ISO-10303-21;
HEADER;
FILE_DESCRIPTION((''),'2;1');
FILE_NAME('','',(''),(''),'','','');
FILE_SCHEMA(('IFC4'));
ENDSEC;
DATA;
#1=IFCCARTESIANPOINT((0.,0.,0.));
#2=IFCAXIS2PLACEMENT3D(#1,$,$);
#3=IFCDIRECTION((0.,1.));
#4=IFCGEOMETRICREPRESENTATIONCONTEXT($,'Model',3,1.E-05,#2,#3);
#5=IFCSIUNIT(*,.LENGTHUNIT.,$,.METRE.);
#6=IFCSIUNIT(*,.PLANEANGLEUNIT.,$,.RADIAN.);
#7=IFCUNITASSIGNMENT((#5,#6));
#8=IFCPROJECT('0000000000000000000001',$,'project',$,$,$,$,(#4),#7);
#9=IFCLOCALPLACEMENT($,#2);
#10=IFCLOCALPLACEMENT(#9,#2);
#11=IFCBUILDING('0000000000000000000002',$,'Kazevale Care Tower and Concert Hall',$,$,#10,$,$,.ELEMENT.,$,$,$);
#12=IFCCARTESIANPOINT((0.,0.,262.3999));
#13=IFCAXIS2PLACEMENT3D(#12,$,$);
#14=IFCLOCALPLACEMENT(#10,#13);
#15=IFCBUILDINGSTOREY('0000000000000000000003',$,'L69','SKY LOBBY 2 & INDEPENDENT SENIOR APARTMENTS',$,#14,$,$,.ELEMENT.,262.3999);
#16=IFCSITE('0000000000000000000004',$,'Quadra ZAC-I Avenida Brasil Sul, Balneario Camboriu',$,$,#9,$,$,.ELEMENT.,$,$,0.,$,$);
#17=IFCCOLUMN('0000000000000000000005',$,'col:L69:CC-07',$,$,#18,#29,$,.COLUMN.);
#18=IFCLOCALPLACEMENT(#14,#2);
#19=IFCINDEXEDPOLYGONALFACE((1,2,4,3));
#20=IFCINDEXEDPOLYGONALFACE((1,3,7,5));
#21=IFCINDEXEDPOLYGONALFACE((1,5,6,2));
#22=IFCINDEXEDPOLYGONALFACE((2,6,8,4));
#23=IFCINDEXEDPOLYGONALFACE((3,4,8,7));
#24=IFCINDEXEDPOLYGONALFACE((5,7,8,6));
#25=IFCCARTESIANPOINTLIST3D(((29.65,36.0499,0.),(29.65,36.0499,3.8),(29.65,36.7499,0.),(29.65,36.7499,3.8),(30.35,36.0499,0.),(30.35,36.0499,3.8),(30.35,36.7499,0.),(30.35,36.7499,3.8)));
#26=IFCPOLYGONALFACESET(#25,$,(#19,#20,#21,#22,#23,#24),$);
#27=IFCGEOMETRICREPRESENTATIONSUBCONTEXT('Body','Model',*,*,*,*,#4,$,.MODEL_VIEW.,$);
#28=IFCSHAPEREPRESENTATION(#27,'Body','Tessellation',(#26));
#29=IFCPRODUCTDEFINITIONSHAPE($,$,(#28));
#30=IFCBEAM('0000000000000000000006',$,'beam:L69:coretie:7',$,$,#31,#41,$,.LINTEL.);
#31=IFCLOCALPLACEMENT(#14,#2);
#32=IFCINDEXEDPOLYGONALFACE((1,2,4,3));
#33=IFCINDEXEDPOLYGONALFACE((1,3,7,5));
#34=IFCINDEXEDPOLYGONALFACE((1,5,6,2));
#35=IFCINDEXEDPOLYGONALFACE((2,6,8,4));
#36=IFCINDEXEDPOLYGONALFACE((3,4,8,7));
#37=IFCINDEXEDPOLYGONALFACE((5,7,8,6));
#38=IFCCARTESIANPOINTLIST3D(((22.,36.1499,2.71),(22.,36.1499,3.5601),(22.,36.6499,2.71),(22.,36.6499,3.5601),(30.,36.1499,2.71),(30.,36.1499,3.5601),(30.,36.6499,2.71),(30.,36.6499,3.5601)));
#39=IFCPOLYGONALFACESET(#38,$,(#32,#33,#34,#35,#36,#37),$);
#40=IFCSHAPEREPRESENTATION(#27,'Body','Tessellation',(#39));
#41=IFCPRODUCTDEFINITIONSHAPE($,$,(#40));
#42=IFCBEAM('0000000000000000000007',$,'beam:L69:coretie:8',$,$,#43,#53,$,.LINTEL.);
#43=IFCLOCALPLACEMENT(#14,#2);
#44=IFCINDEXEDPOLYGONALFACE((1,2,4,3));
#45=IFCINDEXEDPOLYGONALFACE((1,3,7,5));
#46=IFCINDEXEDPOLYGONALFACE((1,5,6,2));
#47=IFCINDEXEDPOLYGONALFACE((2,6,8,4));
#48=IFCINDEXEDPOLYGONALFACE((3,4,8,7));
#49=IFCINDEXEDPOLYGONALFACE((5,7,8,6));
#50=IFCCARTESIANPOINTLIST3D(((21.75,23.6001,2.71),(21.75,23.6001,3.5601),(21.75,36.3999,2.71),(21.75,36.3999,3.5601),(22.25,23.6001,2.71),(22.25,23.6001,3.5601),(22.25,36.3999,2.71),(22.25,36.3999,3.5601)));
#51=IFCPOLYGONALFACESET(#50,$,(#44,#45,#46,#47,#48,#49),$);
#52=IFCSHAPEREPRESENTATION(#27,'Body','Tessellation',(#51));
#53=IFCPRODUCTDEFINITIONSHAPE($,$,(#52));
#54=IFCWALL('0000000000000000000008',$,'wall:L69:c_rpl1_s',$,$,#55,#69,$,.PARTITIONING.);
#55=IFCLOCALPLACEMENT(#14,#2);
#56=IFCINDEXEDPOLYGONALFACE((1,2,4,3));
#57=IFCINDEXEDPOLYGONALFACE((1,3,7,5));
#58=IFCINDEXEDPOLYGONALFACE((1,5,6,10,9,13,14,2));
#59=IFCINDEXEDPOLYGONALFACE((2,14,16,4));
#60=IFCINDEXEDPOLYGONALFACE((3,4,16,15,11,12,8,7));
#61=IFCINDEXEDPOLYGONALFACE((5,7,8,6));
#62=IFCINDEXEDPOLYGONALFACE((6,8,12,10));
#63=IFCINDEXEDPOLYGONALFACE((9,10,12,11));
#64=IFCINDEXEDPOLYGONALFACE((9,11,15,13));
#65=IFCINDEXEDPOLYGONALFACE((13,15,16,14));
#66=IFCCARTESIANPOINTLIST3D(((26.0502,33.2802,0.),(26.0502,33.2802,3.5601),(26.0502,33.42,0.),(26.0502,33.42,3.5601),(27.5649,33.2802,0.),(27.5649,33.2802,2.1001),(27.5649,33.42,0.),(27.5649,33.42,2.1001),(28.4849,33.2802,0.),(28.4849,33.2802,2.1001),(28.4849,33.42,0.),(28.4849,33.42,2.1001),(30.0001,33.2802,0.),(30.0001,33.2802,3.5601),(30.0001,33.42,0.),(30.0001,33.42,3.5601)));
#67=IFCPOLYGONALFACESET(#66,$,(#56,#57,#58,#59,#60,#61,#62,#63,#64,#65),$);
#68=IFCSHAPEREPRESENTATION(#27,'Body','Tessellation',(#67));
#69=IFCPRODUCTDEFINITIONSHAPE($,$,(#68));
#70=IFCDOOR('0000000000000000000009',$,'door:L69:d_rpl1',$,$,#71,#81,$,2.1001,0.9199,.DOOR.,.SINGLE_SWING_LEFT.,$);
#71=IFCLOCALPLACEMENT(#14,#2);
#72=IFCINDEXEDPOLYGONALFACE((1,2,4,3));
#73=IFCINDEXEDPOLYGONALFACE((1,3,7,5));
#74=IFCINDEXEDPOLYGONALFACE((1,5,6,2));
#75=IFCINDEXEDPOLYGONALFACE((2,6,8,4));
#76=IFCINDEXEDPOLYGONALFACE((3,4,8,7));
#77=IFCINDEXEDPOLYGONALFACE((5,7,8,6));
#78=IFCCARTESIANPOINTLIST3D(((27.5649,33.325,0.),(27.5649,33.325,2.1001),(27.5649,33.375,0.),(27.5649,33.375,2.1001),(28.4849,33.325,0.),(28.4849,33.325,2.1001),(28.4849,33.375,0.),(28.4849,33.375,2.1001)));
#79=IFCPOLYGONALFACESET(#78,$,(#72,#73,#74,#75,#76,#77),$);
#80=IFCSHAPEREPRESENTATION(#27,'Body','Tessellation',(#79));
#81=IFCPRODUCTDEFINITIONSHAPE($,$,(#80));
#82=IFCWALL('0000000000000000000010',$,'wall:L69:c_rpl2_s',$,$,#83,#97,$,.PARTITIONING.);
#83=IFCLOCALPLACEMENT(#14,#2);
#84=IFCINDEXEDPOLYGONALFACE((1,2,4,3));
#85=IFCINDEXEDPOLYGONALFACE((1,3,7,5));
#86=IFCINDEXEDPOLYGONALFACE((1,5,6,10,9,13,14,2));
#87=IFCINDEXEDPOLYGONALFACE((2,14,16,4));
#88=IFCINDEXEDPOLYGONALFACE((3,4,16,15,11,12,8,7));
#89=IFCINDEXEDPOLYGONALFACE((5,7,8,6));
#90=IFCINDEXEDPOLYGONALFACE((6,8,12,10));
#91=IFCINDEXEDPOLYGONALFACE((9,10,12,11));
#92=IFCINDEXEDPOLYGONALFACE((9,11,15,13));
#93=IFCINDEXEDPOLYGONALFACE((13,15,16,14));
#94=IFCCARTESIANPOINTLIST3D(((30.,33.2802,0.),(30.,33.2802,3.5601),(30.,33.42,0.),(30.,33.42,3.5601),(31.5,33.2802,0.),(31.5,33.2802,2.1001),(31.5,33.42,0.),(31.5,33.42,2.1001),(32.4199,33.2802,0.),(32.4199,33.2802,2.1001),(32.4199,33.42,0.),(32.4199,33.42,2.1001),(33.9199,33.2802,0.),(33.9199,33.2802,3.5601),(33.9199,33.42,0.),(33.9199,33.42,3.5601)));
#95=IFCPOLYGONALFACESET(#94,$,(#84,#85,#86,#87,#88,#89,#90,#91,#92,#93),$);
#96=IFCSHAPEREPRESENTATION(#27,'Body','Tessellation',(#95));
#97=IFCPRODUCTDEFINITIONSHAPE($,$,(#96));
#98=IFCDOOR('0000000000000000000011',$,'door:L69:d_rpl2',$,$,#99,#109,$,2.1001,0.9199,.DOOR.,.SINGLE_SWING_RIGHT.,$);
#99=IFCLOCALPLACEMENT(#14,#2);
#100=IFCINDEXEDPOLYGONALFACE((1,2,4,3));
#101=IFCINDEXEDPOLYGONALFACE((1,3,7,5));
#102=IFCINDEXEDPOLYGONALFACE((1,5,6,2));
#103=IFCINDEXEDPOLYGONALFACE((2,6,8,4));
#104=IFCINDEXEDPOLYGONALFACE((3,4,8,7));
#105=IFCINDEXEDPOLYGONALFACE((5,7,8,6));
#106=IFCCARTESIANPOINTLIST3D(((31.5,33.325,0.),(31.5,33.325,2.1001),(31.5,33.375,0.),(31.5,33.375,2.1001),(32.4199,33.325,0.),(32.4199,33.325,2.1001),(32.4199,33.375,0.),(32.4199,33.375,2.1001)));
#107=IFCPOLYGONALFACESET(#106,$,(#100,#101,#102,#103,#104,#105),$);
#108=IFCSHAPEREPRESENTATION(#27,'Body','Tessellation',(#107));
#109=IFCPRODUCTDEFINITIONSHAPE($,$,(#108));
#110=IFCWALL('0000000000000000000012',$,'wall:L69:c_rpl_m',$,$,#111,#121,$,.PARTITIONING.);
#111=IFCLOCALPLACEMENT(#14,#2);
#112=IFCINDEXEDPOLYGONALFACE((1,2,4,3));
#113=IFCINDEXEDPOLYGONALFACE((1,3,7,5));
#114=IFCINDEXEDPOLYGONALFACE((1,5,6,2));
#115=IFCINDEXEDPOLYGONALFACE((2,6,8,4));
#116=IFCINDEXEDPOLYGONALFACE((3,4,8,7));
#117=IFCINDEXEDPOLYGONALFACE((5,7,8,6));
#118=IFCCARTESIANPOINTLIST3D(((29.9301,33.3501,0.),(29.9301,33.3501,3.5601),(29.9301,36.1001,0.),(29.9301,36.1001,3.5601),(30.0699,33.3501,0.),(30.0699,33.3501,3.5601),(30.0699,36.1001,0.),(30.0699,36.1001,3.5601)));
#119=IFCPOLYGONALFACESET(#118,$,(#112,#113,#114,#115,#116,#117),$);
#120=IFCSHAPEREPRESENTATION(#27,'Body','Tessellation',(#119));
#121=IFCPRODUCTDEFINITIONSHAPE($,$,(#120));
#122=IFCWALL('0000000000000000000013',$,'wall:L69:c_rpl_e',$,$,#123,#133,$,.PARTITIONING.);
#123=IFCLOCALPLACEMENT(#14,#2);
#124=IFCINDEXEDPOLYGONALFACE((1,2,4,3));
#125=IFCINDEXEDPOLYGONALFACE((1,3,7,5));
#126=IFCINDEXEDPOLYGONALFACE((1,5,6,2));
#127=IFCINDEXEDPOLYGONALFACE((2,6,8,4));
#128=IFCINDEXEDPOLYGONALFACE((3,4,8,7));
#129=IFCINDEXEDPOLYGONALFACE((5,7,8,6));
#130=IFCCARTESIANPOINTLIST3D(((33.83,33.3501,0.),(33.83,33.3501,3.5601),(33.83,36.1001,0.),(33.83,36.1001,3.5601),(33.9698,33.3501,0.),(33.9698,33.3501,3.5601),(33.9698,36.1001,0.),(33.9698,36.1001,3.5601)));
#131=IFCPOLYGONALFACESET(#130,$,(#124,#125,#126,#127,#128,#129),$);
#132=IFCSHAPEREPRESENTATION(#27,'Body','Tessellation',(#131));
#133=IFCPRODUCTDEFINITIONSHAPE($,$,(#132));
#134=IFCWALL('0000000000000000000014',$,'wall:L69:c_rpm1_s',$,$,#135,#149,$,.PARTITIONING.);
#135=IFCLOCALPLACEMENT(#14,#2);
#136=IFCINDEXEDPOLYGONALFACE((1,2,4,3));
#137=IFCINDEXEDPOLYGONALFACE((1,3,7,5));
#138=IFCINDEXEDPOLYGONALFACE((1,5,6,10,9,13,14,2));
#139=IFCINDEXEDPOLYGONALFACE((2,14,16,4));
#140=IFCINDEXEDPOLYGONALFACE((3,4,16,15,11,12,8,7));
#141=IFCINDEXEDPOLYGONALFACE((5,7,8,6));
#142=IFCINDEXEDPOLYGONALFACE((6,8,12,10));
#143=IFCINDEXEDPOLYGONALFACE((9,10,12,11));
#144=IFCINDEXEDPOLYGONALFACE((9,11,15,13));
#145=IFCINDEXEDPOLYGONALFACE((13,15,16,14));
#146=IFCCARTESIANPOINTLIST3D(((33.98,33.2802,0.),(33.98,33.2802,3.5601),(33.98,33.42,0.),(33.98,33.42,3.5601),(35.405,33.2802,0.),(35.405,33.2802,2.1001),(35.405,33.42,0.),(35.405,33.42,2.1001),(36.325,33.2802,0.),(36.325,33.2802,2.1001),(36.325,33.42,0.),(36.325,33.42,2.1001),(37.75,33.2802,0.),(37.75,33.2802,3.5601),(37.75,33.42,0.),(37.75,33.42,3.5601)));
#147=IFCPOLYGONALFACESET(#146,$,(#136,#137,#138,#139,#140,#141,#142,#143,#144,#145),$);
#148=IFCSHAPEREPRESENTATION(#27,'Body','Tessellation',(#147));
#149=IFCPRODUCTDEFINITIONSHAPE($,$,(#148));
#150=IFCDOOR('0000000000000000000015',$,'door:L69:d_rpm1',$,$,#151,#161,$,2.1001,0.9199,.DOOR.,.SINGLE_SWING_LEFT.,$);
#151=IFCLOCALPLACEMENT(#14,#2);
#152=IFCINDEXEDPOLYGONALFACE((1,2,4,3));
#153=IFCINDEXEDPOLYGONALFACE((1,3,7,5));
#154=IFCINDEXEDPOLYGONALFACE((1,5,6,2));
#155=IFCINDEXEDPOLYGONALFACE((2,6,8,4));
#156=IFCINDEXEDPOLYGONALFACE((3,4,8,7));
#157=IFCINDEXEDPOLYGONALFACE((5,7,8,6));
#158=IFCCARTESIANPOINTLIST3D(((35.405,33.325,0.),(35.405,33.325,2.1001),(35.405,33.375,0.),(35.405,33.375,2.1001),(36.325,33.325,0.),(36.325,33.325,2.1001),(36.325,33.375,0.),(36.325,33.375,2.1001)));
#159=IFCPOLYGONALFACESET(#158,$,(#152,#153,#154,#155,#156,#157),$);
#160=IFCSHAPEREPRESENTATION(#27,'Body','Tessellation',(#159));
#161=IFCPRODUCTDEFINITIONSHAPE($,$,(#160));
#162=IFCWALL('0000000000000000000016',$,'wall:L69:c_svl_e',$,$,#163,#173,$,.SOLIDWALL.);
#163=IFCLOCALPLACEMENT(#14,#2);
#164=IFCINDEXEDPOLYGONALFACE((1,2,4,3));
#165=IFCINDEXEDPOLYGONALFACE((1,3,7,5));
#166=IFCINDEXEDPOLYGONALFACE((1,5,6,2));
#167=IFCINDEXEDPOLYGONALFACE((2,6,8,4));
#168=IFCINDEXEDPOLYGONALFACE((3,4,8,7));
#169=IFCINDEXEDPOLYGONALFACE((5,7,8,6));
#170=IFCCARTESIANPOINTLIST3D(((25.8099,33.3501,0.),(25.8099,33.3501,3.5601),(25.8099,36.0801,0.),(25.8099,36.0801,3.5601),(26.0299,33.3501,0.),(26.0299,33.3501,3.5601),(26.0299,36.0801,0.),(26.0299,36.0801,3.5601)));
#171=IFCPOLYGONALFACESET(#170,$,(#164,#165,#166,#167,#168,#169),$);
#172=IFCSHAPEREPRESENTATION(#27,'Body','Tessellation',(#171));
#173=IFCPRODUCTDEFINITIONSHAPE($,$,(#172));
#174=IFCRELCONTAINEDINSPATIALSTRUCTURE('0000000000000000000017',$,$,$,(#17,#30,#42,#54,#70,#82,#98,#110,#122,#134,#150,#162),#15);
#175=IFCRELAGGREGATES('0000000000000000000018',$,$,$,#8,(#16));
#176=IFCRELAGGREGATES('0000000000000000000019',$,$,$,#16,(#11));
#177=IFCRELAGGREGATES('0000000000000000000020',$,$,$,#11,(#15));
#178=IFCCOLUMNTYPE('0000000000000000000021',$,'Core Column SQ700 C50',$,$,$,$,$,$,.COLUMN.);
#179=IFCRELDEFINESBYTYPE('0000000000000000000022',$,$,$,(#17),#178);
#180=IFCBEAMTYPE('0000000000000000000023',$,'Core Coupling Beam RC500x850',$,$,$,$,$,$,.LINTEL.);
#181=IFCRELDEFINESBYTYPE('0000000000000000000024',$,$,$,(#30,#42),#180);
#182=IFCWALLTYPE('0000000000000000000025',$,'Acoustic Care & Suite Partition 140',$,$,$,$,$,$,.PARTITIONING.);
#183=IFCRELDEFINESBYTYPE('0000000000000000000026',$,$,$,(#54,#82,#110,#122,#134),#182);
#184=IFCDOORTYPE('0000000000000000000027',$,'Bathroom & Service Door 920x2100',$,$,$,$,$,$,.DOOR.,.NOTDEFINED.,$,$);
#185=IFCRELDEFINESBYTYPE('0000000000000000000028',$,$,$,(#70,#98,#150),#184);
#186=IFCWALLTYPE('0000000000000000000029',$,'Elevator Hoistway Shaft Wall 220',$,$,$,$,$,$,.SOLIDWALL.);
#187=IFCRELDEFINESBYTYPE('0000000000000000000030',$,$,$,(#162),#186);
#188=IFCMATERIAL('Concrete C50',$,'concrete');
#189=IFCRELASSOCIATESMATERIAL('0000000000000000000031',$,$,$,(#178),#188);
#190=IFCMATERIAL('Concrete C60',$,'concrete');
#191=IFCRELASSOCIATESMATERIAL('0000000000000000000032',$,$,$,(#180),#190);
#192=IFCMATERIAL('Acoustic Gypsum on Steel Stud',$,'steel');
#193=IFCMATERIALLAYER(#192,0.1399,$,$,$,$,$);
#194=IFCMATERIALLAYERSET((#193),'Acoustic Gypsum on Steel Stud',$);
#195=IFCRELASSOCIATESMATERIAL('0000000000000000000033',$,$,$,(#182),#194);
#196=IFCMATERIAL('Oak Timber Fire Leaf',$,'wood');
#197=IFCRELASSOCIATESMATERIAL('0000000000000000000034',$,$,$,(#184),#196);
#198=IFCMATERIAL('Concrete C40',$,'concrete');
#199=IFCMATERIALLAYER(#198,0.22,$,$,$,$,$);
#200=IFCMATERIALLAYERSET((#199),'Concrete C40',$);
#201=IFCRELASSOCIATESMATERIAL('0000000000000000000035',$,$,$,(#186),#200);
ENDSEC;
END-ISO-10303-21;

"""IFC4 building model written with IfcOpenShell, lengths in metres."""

from ifc_helpers import new_model, si_unit, direction, frame, frame_2d, origin, origin_2d, place, context, subcontext, project, spatial, rectangle, extrude, material, layer, layer_set, material_profile, profile_set, type_object, element, fill, save


model = new_model("IFC4")

# Units and contexts
model_context = context("Model", 3, precision=1e-05, world=origin(), true_north=direction((0.0, 1.0)))
body_context = subcontext(model_context, "Body", "Model", "MODEL_VIEW")
ifc_project = project(units=[si_unit("LENGTHUNIT", "METRE"), si_unit("PLANEANGLEUNIT", "RADIAN")], contexts=[model_context])

# Site, building, storey
site_placement = place(None, origin())
site = spatial("IfcSite", under=ifc_project, at=site_placement, Name="Quadra ZAC-I Avenida Brasil Sul, Balneario Camboriu", CompositionType="ELEMENT", RefElevation=0.0)
building_placement = place(site_placement, origin())
building = spatial("IfcBuilding", under=site, at=building_placement, Name="Kazevale Care Tower and Concert Hall", CompositionType="ELEMENT")
storey_placement = place(building_placement, frame((0.0, 0.0, 262.3999)))
storey = spatial("IfcBuildingStorey", under=building, at=storey_placement, Name="L69", Description="SKY LOBBY 2 & INDEPENDENT SENIOR APARTMENTS", CompositionType="ELEMENT", Elevation=262.3999)

# Column
ifc_material_1 = material(Name="Concrete C50", Category="concrete")
ifc_material_profile_1 = material_profile(ifc_material_1, rectangle(XDim=0.7, YDim=0.7, at=origin_2d()), Name="RC-SQ700")
ifc_profile_set_1 = profile_set([ifc_material_profile_1], Name="Concrete C50")
column_type = type_object("IfcColumnType", Name="Core Column SQ700 C50", PredefinedType="COLUMN", material=ifc_profile_set_1)
column_placement = place(storey_placement, frame((30.0, 36.3999, 0.0), z_axis=(0.0, 0.0, 1.0), x_axis=(1.0, 0.0, 0.0)))
element("IfcColumn", 1, at=column_placement, inside=storey, type_object=column_type, Name="col:L69:CC-07", PredefinedType="COLUMN", context=body_context, shape_type="SweptSolid", body=[
    extrude(rectangle(XDim=0.7, YDim=0.7, at=origin_2d()), origin(), (0.0, 0.0, 1.0), 3.8),
])

# Beams
ifc_material_2 = material(Name="Concrete C60", Category="concrete")
ifc_material_profile_2 = material_profile(ifc_material_2, rectangle(XDim=0.5, YDim=0.8501, at=origin_2d()), Name="RC-B500x850")
ifc_profile_set_2 = profile_set([ifc_material_profile_2], Name="Concrete C60")
beam_type = type_object("IfcBeamType", Name="Core Coupling Beam RC500x850", PredefinedType="LINTEL", material=ifc_profile_set_2)
beam_1_placement = place(storey_placement, frame((30.0, 36.3999, 3.135), z_axis=(-1.0, 0.0, 0.0), x_axis=(0.0, -1.0, 0.0)))
element("IfcBeam", 2, at=beam_1_placement, inside=storey, type_object=beam_type, Name="beam:L69:coretie:7", PredefinedType="LINTEL", context=body_context, shape_type="SweptSolid", body=[
    extrude(rectangle(XDim=0.5, YDim=0.8501, at=origin_2d()), origin(), (0.0, 0.0, 1.0), 8.0),
])
beam_2_placement = place(storey_placement, frame((22.0, 36.3999, 3.135), z_axis=(0.0, -1.0, 0.0), x_axis=(1.0, 0.0, 0.0)))
element("IfcBeam", 3, at=beam_2_placement, inside=storey, type_object=beam_type, Name="beam:L69:coretie:8", PredefinedType="LINTEL", context=body_context, shape_type="SweptSolid", body=[
    extrude(rectangle(XDim=0.5, YDim=0.8501, at=origin_2d()), origin(), (0.0, 0.0, 1.0), 12.7998),
])

# Walls, openings, doors
ifc_material_3 = material(Name="Acoustic Gypsum on Steel Stud", Category="steel")
ifc_layer_1 = layer(ifc_material_3, 0.1399)
ifc_layer_set_1 = layer_set([ifc_layer_1], Name="Acoustic Gypsum on Steel Stud")
wall_type_1 = type_object("IfcWallType", Name="Acoustic Care & Suite Partition 140", PredefinedType="PARTITIONING", material=ifc_layer_set_1)
wall_1_placement = place(storey_placement, frame((26.05, 33.3501, 0.0), z_axis=(0.0, 0.0, 1.0), x_axis=(1.0, 0.0, 0.0)))
wall_1 = element("IfcWall", 4, at=wall_1_placement, inside=storey, type_object=wall_type_1, Name="wall:L69:c_rpl1_s", PredefinedType="PARTITIONING", context=body_context, shape_type="SweptSolid", body=[
    extrude(rectangle(XDim=3.95, YDim=0.1399, at=frame_2d((1.9751, 0.0))), origin(), (0.0, 0.0, 1.0), 3.5601),
])
opening_1_placement = place(wall_1_placement, frame((1.5149, 0.0, 0.0)))
opening_1 = element("IfcOpeningElement", 5, at=opening_1_placement, cuts=wall_1, PredefinedType="OPENING", context=body_context, shape_type="SweptSolid", body=[
    extrude(rectangle(XDim=0.9199, YDim=2.1001, at=frame_2d((0.46, 1.05))), frame((0.0, 0.0798, 0.0), z_axis=(0.0, -1.0, 0.0), x_axis=(1.0, 0.0, 0.0)), (0.0, 0.0, 1.0), 0.1599),
])
ifc_material_4 = material(Name="Oak Timber Fire Leaf", Category="wood")
door_type_1 = type_object("IfcDoorType", Name="Bathroom & Service Door 920x2100", OperationType="NOTDEFINED", PredefinedType="DOOR", material=ifc_material_4)
door_1_placement = place(opening_1_placement, origin())
door_1 = element("IfcDoor", 6, at=door_1_placement, inside=storey, type_object=door_type_1, Name="door:L69:d_rpl1", OperationType="SINGLE_SWING_LEFT", OverallHeight=2.1001, OverallWidth=0.9199, PredefinedType="DOOR", context=body_context, shape_type="SweptSolid", body=[
    extrude(rectangle(XDim=0.9199, YDim=2.1001, at=frame_2d((0.46, 1.05))), frame((0.0, 0.0249, 0.0), z_axis=(0.0, -1.0, 0.0), x_axis=(1.0, 0.0, 0.0)), (0.0, 0.0, 1.0), 0.05),
])
fill(opening_1, door_1)
wall_2_placement = place(storey_placement, frame((30.0, 33.3501, 0.0), z_axis=(0.0, 0.0, 1.0), x_axis=(1.0, 0.0, 0.0)))
wall_2 = element("IfcWall", 7, at=wall_2_placement, inside=storey, type_object=wall_type_1, Name="wall:L69:c_rpl2_s", PredefinedType="PARTITIONING", context=body_context, shape_type="SweptSolid", body=[
    extrude(rectangle(XDim=3.9199, YDim=0.1399, at=frame_2d((1.96, 0.0))), origin(), (0.0, 0.0, 1.0), 3.5601),
])
opening_2_placement = place(wall_2_placement, frame((1.5, 0.0, 0.0)))
opening_2 = element("IfcOpeningElement", 8, at=opening_2_placement, cuts=wall_2, PredefinedType="OPENING", context=body_context, shape_type="SweptSolid", body=[
    extrude(rectangle(XDim=0.9199, YDim=2.1001, at=frame_2d((0.46, 1.05))), frame((0.0, 0.0798, 0.0), z_axis=(0.0, -1.0, 0.0), x_axis=(1.0, 0.0, 0.0)), (0.0, 0.0, 1.0), 0.1599),
])
door_2_placement = place(opening_2_placement, origin())
door_2 = element("IfcDoor", 9, at=door_2_placement, inside=storey, type_object=door_type_1, Name="door:L69:d_rpl2", OperationType="SINGLE_SWING_RIGHT", OverallHeight=2.1001, OverallWidth=0.9199, PredefinedType="DOOR", context=body_context, shape_type="SweptSolid", body=[
    extrude(rectangle(XDim=0.9199, YDim=2.1001, at=frame_2d((0.46, 1.05))), frame((0.0, 0.0249, 0.0), z_axis=(0.0, -1.0, 0.0), x_axis=(1.0, 0.0, 0.0)), (0.0, 0.0, 1.0), 0.05),
])
fill(opening_2, door_2)

# Walls
for number, where, z_axis, x_axis, name in (
    (10, (30.0, 33.3501, 0.0), (0.0, 0.0, 1.0), (0.0, 1.0, 0.0), "wall:L69:c_rpl_m"),
    (11, (33.8999, 33.3501, 0.0), (0.0, 0.0, 1.0), (0.0, 1.0, 0.0), "wall:L69:c_rpl_e"),
):
    element("IfcWall", number, at=place(storey_placement, frame(where, z_axis=z_axis, x_axis=x_axis)), inside=storey, type_object=wall_type_1, Name=name, PredefinedType="PARTITIONING", context=body_context, shape_type="SweptSolid", body=[
        extrude(rectangle(XDim=2.75, YDim=0.1399, at=frame_2d((1.375, 0.0))), origin(), (0.0, 0.0, 1.0), 3.5601),
    ])

# Wall, opening, door
wall_3_placement = place(storey_placement, frame((33.98, 33.3501, 0.0), z_axis=(0.0, 0.0, 1.0), x_axis=(1.0, 0.0, 0.0)))
wall_3 = element("IfcWall", 12, at=wall_3_placement, inside=storey, type_object=wall_type_1, Name="wall:L69:c_rpm1_s", PredefinedType="PARTITIONING", context=body_context, shape_type="SweptSolid", body=[
    extrude(rectangle(XDim=3.77, YDim=0.1399, at=frame_2d((1.885, 0.0))), origin(), (0.0, 0.0, 1.0), 3.5601),
])
opening_3_placement = place(wall_3_placement, frame((1.425, 0.0, 0.0)))
opening_3 = element("IfcOpeningElement", 13, at=opening_3_placement, cuts=wall_3, PredefinedType="OPENING", context=body_context, shape_type="SweptSolid", body=[
    extrude(rectangle(XDim=0.9199, YDim=2.1001, at=frame_2d((0.46, 1.05))), frame((0.0, 0.0798, 0.0), z_axis=(0.0, -1.0, 0.0), x_axis=(1.0, 0.0, 0.0)), (0.0, 0.0, 1.0), 0.1599),
])
door_3_placement = place(opening_3_placement, origin())
door_3 = element("IfcDoor", 14, at=door_3_placement, inside=storey, type_object=door_type_1, Name="door:L69:d_rpm1", OperationType="SINGLE_SWING_LEFT", OverallHeight=2.1001, OverallWidth=0.9199, PredefinedType="DOOR", context=body_context, shape_type="SweptSolid", body=[
    extrude(rectangle(XDim=0.9199, YDim=2.1001, at=frame_2d((0.46, 1.05))), frame((0.0, 0.0249, 0.0), z_axis=(0.0, -1.0, 0.0), x_axis=(1.0, 0.0, 0.0)), (0.0, 0.0, 1.0), 0.05),
])
fill(opening_3, door_3)

# Wall
ifc_material_5 = material(Name="Concrete C40", Category="concrete")
ifc_layer_2 = layer(ifc_material_5, 0.22)
ifc_layer_set_2 = layer_set([ifc_layer_2], Name="Concrete C40")
wall_type_2 = type_object("IfcWallType", Name="Elevator Hoistway Shaft Wall 220", PredefinedType="SOLIDWALL", material=ifc_layer_set_2)
wall_4_placement = place(storey_placement, frame((25.9199, 33.3501, 0.0), z_axis=(0.0, 0.0, 1.0), x_axis=(0.0, 1.0, 0.0)))
element("IfcWall", 15, at=wall_4_placement, inside=storey, type_object=wall_type_2, Name="wall:L69:c_svl_e", PredefinedType="SOLIDWALL", context=body_context, shape_type="SweptSolid", body=[
    extrude(rectangle(XDim=2.73, YDim=0.22, at=frame_2d((1.365, 0.0))), origin(), (0.0, 0.0, 1.0), 3.5601),
])

save(model, "model.ifc")
